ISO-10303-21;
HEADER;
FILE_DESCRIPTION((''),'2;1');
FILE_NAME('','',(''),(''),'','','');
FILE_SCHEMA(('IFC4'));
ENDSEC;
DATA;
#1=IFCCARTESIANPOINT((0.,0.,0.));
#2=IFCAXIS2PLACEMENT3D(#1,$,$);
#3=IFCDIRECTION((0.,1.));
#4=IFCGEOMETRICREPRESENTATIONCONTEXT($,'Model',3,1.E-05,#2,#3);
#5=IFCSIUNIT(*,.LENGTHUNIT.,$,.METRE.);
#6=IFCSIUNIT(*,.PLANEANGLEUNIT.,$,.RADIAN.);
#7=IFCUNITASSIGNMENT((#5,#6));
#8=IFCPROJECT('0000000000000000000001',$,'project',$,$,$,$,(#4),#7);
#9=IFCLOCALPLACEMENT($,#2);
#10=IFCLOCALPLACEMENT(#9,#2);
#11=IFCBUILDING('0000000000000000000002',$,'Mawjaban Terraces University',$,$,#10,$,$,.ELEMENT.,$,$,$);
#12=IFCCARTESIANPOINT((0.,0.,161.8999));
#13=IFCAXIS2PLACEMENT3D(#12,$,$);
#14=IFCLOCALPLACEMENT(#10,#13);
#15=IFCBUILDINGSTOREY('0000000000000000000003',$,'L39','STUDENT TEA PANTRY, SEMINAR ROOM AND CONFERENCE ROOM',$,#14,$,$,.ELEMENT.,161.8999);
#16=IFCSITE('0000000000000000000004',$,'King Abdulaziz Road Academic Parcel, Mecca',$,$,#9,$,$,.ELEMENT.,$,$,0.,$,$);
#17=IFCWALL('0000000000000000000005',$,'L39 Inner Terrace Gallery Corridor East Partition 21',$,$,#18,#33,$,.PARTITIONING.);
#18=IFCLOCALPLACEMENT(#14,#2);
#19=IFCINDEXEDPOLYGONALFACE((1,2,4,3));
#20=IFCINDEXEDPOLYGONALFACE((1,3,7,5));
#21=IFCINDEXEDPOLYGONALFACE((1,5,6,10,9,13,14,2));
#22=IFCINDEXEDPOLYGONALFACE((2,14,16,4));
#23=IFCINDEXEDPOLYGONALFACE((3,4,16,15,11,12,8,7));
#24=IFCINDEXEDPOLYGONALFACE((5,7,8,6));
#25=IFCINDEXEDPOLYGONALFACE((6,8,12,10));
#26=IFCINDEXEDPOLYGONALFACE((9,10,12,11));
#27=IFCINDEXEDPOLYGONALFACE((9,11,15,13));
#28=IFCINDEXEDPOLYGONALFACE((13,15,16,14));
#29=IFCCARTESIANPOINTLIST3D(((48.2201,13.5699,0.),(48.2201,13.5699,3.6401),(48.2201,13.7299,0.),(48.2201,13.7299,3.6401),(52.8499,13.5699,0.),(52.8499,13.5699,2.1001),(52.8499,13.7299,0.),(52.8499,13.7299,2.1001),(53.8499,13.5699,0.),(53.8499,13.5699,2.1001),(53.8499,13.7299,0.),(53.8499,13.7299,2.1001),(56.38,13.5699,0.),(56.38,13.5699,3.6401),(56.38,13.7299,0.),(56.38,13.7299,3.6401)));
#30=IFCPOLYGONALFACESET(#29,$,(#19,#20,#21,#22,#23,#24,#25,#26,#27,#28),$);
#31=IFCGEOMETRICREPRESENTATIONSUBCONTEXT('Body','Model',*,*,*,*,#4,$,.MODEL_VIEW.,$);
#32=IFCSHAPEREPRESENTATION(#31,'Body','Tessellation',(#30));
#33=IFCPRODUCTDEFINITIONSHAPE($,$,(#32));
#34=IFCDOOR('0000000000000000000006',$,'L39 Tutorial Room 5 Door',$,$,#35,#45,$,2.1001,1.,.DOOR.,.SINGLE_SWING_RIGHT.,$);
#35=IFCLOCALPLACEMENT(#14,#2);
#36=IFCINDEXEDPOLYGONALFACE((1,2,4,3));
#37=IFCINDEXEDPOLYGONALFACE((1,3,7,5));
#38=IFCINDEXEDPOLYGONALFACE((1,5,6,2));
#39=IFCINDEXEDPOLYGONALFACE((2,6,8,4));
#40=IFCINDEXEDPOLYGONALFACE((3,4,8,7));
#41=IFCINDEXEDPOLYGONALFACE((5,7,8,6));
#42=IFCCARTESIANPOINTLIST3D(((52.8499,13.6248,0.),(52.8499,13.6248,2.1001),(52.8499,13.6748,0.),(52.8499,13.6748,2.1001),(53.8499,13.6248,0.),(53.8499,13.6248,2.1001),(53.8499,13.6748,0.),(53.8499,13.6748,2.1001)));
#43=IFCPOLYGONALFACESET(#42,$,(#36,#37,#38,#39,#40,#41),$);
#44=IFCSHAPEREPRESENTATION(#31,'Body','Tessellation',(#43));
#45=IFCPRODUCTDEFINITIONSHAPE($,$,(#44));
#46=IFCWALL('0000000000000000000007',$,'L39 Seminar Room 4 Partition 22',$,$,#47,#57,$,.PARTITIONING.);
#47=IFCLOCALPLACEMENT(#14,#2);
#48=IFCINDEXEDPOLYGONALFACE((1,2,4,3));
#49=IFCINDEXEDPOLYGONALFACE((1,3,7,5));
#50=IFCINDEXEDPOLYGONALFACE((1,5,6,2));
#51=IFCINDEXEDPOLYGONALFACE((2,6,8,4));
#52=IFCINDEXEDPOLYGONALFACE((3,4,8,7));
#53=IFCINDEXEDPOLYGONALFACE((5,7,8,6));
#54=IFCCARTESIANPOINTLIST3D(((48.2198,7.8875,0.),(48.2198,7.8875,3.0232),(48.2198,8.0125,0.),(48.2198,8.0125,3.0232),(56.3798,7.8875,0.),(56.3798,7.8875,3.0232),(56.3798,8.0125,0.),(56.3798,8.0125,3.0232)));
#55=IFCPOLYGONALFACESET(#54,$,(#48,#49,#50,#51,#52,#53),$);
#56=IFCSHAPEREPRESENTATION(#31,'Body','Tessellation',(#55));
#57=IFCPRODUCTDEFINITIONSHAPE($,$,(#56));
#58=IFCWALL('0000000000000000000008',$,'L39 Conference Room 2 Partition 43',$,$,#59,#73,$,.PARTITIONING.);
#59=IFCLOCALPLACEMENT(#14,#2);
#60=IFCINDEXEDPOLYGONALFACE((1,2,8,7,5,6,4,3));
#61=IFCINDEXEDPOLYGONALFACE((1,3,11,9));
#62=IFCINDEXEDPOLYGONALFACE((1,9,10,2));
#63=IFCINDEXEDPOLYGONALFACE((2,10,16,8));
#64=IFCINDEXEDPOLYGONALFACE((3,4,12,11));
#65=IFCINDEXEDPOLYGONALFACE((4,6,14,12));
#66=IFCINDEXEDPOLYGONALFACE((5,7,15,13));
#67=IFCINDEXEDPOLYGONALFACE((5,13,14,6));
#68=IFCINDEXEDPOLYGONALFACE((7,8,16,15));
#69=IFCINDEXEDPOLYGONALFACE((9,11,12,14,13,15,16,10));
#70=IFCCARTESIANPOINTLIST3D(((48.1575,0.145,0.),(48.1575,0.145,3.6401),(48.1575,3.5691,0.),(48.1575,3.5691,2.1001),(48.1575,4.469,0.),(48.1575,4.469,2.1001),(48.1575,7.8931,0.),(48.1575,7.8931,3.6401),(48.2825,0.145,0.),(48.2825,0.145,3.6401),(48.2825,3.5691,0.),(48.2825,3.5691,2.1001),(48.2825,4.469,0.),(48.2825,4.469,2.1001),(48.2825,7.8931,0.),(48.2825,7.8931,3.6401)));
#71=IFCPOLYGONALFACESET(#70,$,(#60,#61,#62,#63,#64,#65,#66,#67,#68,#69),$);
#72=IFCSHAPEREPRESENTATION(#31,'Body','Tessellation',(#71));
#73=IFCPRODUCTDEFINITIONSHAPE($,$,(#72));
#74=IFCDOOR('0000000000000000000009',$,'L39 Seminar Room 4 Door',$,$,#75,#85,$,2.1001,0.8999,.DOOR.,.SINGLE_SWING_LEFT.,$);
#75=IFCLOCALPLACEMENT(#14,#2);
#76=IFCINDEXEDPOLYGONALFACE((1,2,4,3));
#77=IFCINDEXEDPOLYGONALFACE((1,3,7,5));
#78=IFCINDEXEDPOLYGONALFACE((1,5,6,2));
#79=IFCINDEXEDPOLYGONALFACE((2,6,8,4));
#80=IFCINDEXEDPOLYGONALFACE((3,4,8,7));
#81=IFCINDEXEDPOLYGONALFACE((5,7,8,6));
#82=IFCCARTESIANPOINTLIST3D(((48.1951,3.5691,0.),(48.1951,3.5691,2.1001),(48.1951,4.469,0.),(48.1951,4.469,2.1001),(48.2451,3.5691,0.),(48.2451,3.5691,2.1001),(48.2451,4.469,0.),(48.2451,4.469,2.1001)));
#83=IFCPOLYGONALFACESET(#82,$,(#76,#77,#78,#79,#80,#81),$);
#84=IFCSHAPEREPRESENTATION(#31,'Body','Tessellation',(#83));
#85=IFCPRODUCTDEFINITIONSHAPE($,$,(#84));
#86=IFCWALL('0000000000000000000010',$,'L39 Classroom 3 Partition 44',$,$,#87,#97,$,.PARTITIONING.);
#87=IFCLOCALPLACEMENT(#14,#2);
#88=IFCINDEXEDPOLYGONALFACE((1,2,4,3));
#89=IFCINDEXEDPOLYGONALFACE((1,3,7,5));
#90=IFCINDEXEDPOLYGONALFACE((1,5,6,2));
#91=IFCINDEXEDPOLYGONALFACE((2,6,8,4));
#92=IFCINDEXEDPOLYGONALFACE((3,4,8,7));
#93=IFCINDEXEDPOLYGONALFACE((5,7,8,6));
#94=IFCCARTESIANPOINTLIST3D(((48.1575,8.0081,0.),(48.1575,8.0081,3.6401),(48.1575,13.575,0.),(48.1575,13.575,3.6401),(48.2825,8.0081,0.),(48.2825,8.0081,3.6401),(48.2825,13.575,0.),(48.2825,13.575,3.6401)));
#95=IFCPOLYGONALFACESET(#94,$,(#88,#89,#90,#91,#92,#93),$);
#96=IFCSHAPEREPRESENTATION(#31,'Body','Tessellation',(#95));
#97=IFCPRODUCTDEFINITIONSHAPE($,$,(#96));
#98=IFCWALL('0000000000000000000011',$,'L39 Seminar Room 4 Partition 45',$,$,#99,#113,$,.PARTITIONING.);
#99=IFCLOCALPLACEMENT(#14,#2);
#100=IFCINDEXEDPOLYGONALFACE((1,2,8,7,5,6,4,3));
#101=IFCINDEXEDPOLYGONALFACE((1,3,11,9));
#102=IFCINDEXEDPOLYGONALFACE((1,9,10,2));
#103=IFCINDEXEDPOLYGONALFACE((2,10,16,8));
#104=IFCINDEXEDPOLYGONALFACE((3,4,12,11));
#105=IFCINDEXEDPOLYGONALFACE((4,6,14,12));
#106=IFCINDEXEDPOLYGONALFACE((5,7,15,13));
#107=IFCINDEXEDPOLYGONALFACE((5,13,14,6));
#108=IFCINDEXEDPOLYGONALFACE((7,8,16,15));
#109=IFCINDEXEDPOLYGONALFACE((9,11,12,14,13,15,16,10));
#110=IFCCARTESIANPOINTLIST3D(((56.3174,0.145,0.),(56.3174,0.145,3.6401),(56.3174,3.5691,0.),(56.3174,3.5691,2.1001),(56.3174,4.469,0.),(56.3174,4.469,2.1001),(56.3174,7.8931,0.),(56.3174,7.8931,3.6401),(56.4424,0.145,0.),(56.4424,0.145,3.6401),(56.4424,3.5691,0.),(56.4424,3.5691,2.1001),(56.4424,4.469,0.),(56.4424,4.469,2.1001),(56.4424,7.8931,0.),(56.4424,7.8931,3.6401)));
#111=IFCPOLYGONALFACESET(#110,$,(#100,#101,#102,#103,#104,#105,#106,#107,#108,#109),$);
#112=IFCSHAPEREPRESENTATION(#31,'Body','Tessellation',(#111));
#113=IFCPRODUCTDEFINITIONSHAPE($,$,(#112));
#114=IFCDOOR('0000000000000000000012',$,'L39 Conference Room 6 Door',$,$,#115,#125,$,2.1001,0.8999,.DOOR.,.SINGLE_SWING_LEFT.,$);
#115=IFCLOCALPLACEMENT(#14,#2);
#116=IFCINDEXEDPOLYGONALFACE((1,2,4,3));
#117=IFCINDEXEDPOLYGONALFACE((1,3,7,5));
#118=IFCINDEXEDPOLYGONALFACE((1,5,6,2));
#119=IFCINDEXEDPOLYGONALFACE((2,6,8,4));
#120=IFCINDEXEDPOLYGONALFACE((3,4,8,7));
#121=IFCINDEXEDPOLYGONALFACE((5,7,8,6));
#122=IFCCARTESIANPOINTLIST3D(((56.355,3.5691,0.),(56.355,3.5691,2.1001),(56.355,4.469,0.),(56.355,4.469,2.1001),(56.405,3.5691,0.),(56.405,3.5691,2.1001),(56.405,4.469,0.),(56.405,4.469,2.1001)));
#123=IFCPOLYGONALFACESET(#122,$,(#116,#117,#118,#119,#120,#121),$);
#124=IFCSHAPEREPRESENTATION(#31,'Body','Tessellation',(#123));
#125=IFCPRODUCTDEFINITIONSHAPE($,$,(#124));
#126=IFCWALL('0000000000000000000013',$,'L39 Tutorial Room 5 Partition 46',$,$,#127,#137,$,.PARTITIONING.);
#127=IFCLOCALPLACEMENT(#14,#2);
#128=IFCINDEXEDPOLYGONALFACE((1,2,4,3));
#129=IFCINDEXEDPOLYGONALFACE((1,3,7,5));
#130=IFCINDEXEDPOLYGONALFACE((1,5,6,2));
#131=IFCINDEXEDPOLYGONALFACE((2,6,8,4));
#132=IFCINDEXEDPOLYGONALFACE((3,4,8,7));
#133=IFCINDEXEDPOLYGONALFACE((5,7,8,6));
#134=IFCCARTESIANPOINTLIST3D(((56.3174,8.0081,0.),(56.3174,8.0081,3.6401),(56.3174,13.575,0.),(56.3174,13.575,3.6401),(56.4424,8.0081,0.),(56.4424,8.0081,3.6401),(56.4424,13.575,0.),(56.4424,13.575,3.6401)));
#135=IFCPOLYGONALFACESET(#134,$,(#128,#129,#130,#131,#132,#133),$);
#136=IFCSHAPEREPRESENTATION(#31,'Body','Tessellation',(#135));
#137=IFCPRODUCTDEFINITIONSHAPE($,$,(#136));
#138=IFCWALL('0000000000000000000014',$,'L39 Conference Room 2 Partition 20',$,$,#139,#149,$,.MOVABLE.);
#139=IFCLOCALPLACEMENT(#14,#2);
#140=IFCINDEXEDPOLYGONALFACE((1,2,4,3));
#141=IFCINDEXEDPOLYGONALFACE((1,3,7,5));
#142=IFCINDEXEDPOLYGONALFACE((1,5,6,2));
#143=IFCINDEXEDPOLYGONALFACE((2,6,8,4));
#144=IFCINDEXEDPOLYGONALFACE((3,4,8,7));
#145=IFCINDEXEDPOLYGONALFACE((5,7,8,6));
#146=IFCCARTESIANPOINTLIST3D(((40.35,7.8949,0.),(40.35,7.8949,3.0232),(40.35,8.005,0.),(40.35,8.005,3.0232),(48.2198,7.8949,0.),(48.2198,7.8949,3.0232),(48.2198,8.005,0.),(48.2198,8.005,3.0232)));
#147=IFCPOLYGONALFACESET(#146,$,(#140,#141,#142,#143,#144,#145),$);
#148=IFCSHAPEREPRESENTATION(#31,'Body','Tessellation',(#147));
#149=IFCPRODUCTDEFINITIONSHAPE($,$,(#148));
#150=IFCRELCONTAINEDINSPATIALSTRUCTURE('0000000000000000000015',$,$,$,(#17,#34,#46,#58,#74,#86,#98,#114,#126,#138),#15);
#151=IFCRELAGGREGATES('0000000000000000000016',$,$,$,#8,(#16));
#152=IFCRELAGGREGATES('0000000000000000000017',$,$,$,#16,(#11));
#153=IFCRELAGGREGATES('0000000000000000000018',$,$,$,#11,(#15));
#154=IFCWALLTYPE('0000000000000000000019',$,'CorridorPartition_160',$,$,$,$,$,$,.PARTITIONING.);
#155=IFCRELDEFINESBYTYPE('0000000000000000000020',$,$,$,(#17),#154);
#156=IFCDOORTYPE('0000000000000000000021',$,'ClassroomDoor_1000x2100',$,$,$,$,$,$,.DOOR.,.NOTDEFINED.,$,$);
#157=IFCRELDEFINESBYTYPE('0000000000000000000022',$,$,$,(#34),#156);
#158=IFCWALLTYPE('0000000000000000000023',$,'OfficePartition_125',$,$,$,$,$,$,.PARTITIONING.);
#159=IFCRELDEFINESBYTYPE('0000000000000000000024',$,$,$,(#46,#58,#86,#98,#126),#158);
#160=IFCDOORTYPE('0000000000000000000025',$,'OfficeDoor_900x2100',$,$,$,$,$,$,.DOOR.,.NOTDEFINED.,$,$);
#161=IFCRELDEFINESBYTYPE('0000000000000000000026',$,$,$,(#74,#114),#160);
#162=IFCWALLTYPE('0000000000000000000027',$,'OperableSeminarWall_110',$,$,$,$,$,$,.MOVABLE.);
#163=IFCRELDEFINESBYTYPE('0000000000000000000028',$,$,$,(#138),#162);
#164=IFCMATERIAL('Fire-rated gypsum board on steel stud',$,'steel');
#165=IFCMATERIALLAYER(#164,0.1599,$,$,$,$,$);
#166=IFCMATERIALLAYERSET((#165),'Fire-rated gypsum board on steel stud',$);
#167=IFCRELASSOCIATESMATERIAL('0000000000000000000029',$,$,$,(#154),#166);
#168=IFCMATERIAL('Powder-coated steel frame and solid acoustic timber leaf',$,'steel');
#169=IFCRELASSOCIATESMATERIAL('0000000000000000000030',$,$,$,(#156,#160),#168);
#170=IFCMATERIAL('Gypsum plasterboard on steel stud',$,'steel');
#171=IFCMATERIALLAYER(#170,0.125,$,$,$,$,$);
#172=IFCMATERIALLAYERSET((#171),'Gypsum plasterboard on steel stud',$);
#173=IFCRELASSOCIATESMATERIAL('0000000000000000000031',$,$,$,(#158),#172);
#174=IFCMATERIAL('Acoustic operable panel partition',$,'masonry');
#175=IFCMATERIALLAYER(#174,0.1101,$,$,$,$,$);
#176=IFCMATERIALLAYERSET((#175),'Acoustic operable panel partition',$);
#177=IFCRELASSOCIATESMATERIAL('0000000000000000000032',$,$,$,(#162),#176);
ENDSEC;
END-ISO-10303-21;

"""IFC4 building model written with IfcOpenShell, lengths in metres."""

from ifc_helpers import new_model, si_unit, direction, frame, frame_2d, origin, place, context, subcontext, project, spatial, rectangle, extrude, material, layer, layer_set, type_object, element, fill, save


model = new_model("IFC4")

# Units and contexts
model_context = context("Model", 3, precision=1e-05, world=origin(), true_north=direction((0.0, 1.0)))
body_context = subcontext(model_context, "Body", "Model", "MODEL_VIEW")
ifc_project = project(units=[si_unit("LENGTHUNIT", "METRE"), si_unit("PLANEANGLEUNIT", "RADIAN")], contexts=[model_context])

# Site, building, storey
site_placement = place(None, origin())
site = spatial("IfcSite", under=ifc_project, at=site_placement, Name="King Abdulaziz Road Academic Parcel, Mecca", CompositionType="ELEMENT", RefElevation=0.0)
building_placement = place(site_placement, origin())
building = spatial("IfcBuilding", under=site, at=building_placement, Name="Mawjaban Terraces University", CompositionType="ELEMENT")
storey_placement = place(building_placement, frame((0.0, 0.0, 161.8999)))
storey = spatial("IfcBuildingStorey", under=building, at=storey_placement, Name="L39", Description="STUDENT TEA PANTRY, SEMINAR ROOM AND CONFERENCE ROOM", CompositionType="ELEMENT", Elevation=161.8999)

# Wall, opening, door
ifc_material_1 = material(Name="Fire-rated gypsum board on steel stud", Category="steel")
ifc_layer_1 = layer(ifc_material_1, 0.1599)
ifc_layer_set_1 = layer_set([ifc_layer_1], Name="Fire-rated gypsum board on steel stud")
wall_type_1 = type_object("IfcWallType", Name="CorridorPartition_160", PredefinedType="PARTITIONING", material=ifc_layer_set_1)
wall_1_placement = place(storey_placement, frame((48.22, 13.6499, 0.0), z_axis=(0.0, 0.0, 1.0), x_axis=(1.0, 0.0, 0.0)))
wall_1 = element("IfcWall", 1, at=wall_1_placement, inside=storey, type_object=wall_type_1, Name="L39 Inner Terrace Gallery Corridor East Partition 21", PredefinedType="PARTITIONING", context=body_context, shape_type="SweptSolid", body=[
    extrude(rectangle(XDim=8.1599, YDim=0.1599, at=frame_2d((4.0801, 0.0))), origin(), (0.0, 0.0, 1.0), 3.6401),
])
opening_1_placement = place(wall_1_placement, frame((4.6299, 0.0, 0.0)))
opening_1 = element("IfcOpeningElement", 2, at=opening_1_placement, cuts=wall_1, PredefinedType="OPENING", context=body_context, shape_type="SweptSolid", body=[
    extrude(rectangle(XDim=1.0, YDim=2.1001, at=frame_2d((0.5, 1.05))), frame((0.0, 0.0898, 0.0), z_axis=(0.0, -1.0, 0.0), x_axis=(1.0, 0.0, 0.0)), (0.0, 0.0, 1.0), 0.1799),
])
ifc_material_2 = material(Name="Powder-coated steel frame and solid acoustic timber leaf", Category="steel")
door_type_1 = type_object("IfcDoorType", Name="ClassroomDoor_1000x2100", OperationType="NOTDEFINED", PredefinedType="DOOR", material=ifc_material_2)
door_1_placement = place(opening_1_placement, origin())
door_1 = element("IfcDoor", 3, at=door_1_placement, inside=storey, type_object=door_type_1, Name="L39 Tutorial Room 5 Door", OperationType="SINGLE_SWING_RIGHT", OverallHeight=2.1001, OverallWidth=1.0, PredefinedType="DOOR", context=body_context, shape_type="SweptSolid", body=[
    extrude(rectangle(XDim=1.0, YDim=2.1001, at=frame_2d((0.5, 1.05))), frame((0.0, 0.0249, 0.0), z_axis=(0.0, -1.0, 0.0), x_axis=(1.0, 0.0, 0.0)), (0.0, 0.0, 1.0), 0.05),
])
fill(opening_1, door_1)

# Wall
ifc_material_3 = material(Name="Gypsum plasterboard on steel stud", Category="steel")
ifc_layer_2 = layer(ifc_material_3, 0.125)
ifc_layer_set_2 = layer_set([ifc_layer_2], Name="Gypsum plasterboard on steel stud")
wall_type_2 = type_object("IfcWallType", Name="OfficePartition_125", PredefinedType="PARTITIONING", material=ifc_layer_set_2)
wall_2_placement = place(storey_placement, frame((56.3799, 7.95, 0.0), z_axis=(0.0, 0.0, 1.0), x_axis=(-1.0, 0.0, 0.0)))
element("IfcWall", 4, at=wall_2_placement, inside=storey, type_object=wall_type_2, Name="L39 Seminar Room 4 Partition 22", PredefinedType="PARTITIONING", context=body_context, shape_type="SweptSolid", body=[
    extrude(rectangle(XDim=8.1599, YDim=0.125, at=frame_2d((4.0801, 0.0))), origin(), (0.0, 0.0, 1.0), 3.0232),
])

# Wall, opening, door
wall_3_placement = place(storey_placement, frame((48.22, 0.145, 0.0), z_axis=(0.0, 0.0, 1.0), x_axis=(0.0, 1.0, 0.0)))
wall_3 = element("IfcWall", 5, at=wall_3_placement, inside=storey, type_object=wall_type_2, Name="L39 Conference Room 2 Partition 43", PredefinedType="PARTITIONING", context=body_context, shape_type="SweptSolid", body=[
    extrude(rectangle(XDim=7.748, YDim=0.125, at=frame_2d((3.874, 0.0))), origin(), (0.0, 0.0, 1.0), 3.6401),
])
opening_2_placement = place(wall_3_placement, frame((3.4241, 0.0, 0.0)))
opening_2 = element("IfcOpeningElement", 6, at=opening_2_placement, cuts=wall_3, PredefinedType="OPENING", context=body_context, shape_type="SweptSolid", body=[
    extrude(rectangle(XDim=0.8999, YDim=2.1001, at=frame_2d((0.45, 1.05))), frame((0.0, 0.0725, 0.0), z_axis=(0.0, -1.0, 0.0), x_axis=(1.0, 0.0, 0.0)), (0.0, 0.0, 1.0), 0.145),
])
door_type_2 = type_object("IfcDoorType", Name="OfficeDoor_900x2100", OperationType="NOTDEFINED", PredefinedType="DOOR", material=ifc_material_2)
door_2_placement = place(opening_2_placement, origin())
door_2 = element("IfcDoor", 7, at=door_2_placement, inside=storey, type_object=door_type_2, Name="L39 Seminar Room 4 Door", OperationType="SINGLE_SWING_LEFT", OverallHeight=2.1001, OverallWidth=0.8999, PredefinedType="DOOR", context=body_context, shape_type="SweptSolid", body=[
    extrude(rectangle(XDim=0.8999, YDim=2.1001, at=frame_2d((0.45, 1.05))), frame((0.0, 0.0249, 0.0), z_axis=(0.0, -1.0, 0.0), x_axis=(1.0, 0.0, 0.0)), (0.0, 0.0, 1.0), 0.05),
])
fill(opening_2, door_2)

# Wall
wall_4_placement = place(storey_placement, frame((48.22, 8.0081, 0.0), z_axis=(0.0, 0.0, 1.0), x_axis=(0.0, 1.0, 0.0)))
element("IfcWall", 8, at=wall_4_placement, inside=storey, type_object=wall_type_2, Name="L39 Classroom 3 Partition 44", PredefinedType="PARTITIONING", context=body_context, shape_type="SweptSolid", body=[
    extrude(rectangle(XDim=5.5669, YDim=0.125, at=frame_2d((2.7834, 0.0))), origin(), (0.0, 0.0, 1.0), 3.6401),
])

# Wall, opening, door
wall_5_placement = place(storey_placement, frame((56.3799, 0.145, 0.0), z_axis=(0.0, 0.0, 1.0), x_axis=(0.0, 1.0, 0.0)))
wall_5 = element("IfcWall", 9, at=wall_5_placement, inside=storey, type_object=wall_type_2, Name="L39 Seminar Room 4 Partition 45", PredefinedType="PARTITIONING", context=body_context, shape_type="SweptSolid", body=[
    extrude(rectangle(XDim=7.748, YDim=0.125, at=frame_2d((3.874, 0.0))), origin(), (0.0, 0.0, 1.0), 3.6401),
])
opening_3_placement = place(wall_5_placement, frame((3.4241, 0.0, 0.0)))
opening_3 = element("IfcOpeningElement", 10, at=opening_3_placement, cuts=wall_5, PredefinedType="OPENING", context=body_context, shape_type="SweptSolid", body=[
    extrude(rectangle(XDim=0.8999, YDim=2.1001, at=frame_2d((0.45, 1.05))), frame((0.0, 0.0725, 0.0), z_axis=(0.0, -1.0, 0.0), x_axis=(1.0, 0.0, 0.0)), (0.0, 0.0, 1.0), 0.145),
])
door_3_placement = place(opening_3_placement, origin())
door_3 = element("IfcDoor", 11, at=door_3_placement, inside=storey, type_object=door_type_2, Name="L39 Conference Room 6 Door", OperationType="SINGLE_SWING_LEFT", OverallHeight=2.1001, OverallWidth=0.8999, PredefinedType="DOOR", context=body_context, shape_type="SweptSolid", body=[
    extrude(rectangle(XDim=0.8999, YDim=2.1001, at=frame_2d((0.45, 1.05))), frame((0.0, 0.0249, 0.0), z_axis=(0.0, -1.0, 0.0), x_axis=(1.0, 0.0, 0.0)), (0.0, 0.0, 1.0), 0.05),
])
fill(opening_3, door_3)

# Walls
wall_6_placement = place(storey_placement, frame((56.3799, 8.0081, 0.0), z_axis=(0.0, 0.0, 1.0), x_axis=(0.0, 1.0, 0.0)))
element("IfcWall", 12, at=wall_6_placement, inside=storey, type_object=wall_type_2, Name="L39 Tutorial Room 5 Partition 46", PredefinedType="PARTITIONING", context=body_context, shape_type="SweptSolid", body=[
    extrude(rectangle(XDim=5.5669, YDim=0.125, at=frame_2d((2.7834, 0.0))), origin(), (0.0, 0.0, 1.0), 3.6401),
])
ifc_material_4 = material(Name="Acoustic operable panel partition", Category="masonry")
ifc_layer_3 = layer(ifc_material_4, 0.1101)
ifc_layer_set_3 = layer_set([ifc_layer_3], Name="Acoustic operable panel partition")
wall_type_3 = type_object("IfcWallType", Name="OperableSeminarWall_110", PredefinedType="MOVABLE", material=ifc_layer_set_3)
wall_7_placement = place(storey_placement, frame((48.22, 7.95, 0.0), z_axis=(0.0, 0.0, 1.0), x_axis=(-1.0, 0.0, 0.0)))
element("IfcWall", 13, at=wall_7_placement, inside=storey, type_object=wall_type_3, Name="L39 Conference Room 2 Partition 20", PredefinedType="MOVABLE", context=body_context, shape_type="SweptSolid", body=[
    extrude(rectangle(XDim=7.8699, YDim=0.1101, at=frame_2d((3.9351, 0.0))), origin(), (0.0, 0.0, 1.0), 3.0232),
])

save(model, "model.ifc")
